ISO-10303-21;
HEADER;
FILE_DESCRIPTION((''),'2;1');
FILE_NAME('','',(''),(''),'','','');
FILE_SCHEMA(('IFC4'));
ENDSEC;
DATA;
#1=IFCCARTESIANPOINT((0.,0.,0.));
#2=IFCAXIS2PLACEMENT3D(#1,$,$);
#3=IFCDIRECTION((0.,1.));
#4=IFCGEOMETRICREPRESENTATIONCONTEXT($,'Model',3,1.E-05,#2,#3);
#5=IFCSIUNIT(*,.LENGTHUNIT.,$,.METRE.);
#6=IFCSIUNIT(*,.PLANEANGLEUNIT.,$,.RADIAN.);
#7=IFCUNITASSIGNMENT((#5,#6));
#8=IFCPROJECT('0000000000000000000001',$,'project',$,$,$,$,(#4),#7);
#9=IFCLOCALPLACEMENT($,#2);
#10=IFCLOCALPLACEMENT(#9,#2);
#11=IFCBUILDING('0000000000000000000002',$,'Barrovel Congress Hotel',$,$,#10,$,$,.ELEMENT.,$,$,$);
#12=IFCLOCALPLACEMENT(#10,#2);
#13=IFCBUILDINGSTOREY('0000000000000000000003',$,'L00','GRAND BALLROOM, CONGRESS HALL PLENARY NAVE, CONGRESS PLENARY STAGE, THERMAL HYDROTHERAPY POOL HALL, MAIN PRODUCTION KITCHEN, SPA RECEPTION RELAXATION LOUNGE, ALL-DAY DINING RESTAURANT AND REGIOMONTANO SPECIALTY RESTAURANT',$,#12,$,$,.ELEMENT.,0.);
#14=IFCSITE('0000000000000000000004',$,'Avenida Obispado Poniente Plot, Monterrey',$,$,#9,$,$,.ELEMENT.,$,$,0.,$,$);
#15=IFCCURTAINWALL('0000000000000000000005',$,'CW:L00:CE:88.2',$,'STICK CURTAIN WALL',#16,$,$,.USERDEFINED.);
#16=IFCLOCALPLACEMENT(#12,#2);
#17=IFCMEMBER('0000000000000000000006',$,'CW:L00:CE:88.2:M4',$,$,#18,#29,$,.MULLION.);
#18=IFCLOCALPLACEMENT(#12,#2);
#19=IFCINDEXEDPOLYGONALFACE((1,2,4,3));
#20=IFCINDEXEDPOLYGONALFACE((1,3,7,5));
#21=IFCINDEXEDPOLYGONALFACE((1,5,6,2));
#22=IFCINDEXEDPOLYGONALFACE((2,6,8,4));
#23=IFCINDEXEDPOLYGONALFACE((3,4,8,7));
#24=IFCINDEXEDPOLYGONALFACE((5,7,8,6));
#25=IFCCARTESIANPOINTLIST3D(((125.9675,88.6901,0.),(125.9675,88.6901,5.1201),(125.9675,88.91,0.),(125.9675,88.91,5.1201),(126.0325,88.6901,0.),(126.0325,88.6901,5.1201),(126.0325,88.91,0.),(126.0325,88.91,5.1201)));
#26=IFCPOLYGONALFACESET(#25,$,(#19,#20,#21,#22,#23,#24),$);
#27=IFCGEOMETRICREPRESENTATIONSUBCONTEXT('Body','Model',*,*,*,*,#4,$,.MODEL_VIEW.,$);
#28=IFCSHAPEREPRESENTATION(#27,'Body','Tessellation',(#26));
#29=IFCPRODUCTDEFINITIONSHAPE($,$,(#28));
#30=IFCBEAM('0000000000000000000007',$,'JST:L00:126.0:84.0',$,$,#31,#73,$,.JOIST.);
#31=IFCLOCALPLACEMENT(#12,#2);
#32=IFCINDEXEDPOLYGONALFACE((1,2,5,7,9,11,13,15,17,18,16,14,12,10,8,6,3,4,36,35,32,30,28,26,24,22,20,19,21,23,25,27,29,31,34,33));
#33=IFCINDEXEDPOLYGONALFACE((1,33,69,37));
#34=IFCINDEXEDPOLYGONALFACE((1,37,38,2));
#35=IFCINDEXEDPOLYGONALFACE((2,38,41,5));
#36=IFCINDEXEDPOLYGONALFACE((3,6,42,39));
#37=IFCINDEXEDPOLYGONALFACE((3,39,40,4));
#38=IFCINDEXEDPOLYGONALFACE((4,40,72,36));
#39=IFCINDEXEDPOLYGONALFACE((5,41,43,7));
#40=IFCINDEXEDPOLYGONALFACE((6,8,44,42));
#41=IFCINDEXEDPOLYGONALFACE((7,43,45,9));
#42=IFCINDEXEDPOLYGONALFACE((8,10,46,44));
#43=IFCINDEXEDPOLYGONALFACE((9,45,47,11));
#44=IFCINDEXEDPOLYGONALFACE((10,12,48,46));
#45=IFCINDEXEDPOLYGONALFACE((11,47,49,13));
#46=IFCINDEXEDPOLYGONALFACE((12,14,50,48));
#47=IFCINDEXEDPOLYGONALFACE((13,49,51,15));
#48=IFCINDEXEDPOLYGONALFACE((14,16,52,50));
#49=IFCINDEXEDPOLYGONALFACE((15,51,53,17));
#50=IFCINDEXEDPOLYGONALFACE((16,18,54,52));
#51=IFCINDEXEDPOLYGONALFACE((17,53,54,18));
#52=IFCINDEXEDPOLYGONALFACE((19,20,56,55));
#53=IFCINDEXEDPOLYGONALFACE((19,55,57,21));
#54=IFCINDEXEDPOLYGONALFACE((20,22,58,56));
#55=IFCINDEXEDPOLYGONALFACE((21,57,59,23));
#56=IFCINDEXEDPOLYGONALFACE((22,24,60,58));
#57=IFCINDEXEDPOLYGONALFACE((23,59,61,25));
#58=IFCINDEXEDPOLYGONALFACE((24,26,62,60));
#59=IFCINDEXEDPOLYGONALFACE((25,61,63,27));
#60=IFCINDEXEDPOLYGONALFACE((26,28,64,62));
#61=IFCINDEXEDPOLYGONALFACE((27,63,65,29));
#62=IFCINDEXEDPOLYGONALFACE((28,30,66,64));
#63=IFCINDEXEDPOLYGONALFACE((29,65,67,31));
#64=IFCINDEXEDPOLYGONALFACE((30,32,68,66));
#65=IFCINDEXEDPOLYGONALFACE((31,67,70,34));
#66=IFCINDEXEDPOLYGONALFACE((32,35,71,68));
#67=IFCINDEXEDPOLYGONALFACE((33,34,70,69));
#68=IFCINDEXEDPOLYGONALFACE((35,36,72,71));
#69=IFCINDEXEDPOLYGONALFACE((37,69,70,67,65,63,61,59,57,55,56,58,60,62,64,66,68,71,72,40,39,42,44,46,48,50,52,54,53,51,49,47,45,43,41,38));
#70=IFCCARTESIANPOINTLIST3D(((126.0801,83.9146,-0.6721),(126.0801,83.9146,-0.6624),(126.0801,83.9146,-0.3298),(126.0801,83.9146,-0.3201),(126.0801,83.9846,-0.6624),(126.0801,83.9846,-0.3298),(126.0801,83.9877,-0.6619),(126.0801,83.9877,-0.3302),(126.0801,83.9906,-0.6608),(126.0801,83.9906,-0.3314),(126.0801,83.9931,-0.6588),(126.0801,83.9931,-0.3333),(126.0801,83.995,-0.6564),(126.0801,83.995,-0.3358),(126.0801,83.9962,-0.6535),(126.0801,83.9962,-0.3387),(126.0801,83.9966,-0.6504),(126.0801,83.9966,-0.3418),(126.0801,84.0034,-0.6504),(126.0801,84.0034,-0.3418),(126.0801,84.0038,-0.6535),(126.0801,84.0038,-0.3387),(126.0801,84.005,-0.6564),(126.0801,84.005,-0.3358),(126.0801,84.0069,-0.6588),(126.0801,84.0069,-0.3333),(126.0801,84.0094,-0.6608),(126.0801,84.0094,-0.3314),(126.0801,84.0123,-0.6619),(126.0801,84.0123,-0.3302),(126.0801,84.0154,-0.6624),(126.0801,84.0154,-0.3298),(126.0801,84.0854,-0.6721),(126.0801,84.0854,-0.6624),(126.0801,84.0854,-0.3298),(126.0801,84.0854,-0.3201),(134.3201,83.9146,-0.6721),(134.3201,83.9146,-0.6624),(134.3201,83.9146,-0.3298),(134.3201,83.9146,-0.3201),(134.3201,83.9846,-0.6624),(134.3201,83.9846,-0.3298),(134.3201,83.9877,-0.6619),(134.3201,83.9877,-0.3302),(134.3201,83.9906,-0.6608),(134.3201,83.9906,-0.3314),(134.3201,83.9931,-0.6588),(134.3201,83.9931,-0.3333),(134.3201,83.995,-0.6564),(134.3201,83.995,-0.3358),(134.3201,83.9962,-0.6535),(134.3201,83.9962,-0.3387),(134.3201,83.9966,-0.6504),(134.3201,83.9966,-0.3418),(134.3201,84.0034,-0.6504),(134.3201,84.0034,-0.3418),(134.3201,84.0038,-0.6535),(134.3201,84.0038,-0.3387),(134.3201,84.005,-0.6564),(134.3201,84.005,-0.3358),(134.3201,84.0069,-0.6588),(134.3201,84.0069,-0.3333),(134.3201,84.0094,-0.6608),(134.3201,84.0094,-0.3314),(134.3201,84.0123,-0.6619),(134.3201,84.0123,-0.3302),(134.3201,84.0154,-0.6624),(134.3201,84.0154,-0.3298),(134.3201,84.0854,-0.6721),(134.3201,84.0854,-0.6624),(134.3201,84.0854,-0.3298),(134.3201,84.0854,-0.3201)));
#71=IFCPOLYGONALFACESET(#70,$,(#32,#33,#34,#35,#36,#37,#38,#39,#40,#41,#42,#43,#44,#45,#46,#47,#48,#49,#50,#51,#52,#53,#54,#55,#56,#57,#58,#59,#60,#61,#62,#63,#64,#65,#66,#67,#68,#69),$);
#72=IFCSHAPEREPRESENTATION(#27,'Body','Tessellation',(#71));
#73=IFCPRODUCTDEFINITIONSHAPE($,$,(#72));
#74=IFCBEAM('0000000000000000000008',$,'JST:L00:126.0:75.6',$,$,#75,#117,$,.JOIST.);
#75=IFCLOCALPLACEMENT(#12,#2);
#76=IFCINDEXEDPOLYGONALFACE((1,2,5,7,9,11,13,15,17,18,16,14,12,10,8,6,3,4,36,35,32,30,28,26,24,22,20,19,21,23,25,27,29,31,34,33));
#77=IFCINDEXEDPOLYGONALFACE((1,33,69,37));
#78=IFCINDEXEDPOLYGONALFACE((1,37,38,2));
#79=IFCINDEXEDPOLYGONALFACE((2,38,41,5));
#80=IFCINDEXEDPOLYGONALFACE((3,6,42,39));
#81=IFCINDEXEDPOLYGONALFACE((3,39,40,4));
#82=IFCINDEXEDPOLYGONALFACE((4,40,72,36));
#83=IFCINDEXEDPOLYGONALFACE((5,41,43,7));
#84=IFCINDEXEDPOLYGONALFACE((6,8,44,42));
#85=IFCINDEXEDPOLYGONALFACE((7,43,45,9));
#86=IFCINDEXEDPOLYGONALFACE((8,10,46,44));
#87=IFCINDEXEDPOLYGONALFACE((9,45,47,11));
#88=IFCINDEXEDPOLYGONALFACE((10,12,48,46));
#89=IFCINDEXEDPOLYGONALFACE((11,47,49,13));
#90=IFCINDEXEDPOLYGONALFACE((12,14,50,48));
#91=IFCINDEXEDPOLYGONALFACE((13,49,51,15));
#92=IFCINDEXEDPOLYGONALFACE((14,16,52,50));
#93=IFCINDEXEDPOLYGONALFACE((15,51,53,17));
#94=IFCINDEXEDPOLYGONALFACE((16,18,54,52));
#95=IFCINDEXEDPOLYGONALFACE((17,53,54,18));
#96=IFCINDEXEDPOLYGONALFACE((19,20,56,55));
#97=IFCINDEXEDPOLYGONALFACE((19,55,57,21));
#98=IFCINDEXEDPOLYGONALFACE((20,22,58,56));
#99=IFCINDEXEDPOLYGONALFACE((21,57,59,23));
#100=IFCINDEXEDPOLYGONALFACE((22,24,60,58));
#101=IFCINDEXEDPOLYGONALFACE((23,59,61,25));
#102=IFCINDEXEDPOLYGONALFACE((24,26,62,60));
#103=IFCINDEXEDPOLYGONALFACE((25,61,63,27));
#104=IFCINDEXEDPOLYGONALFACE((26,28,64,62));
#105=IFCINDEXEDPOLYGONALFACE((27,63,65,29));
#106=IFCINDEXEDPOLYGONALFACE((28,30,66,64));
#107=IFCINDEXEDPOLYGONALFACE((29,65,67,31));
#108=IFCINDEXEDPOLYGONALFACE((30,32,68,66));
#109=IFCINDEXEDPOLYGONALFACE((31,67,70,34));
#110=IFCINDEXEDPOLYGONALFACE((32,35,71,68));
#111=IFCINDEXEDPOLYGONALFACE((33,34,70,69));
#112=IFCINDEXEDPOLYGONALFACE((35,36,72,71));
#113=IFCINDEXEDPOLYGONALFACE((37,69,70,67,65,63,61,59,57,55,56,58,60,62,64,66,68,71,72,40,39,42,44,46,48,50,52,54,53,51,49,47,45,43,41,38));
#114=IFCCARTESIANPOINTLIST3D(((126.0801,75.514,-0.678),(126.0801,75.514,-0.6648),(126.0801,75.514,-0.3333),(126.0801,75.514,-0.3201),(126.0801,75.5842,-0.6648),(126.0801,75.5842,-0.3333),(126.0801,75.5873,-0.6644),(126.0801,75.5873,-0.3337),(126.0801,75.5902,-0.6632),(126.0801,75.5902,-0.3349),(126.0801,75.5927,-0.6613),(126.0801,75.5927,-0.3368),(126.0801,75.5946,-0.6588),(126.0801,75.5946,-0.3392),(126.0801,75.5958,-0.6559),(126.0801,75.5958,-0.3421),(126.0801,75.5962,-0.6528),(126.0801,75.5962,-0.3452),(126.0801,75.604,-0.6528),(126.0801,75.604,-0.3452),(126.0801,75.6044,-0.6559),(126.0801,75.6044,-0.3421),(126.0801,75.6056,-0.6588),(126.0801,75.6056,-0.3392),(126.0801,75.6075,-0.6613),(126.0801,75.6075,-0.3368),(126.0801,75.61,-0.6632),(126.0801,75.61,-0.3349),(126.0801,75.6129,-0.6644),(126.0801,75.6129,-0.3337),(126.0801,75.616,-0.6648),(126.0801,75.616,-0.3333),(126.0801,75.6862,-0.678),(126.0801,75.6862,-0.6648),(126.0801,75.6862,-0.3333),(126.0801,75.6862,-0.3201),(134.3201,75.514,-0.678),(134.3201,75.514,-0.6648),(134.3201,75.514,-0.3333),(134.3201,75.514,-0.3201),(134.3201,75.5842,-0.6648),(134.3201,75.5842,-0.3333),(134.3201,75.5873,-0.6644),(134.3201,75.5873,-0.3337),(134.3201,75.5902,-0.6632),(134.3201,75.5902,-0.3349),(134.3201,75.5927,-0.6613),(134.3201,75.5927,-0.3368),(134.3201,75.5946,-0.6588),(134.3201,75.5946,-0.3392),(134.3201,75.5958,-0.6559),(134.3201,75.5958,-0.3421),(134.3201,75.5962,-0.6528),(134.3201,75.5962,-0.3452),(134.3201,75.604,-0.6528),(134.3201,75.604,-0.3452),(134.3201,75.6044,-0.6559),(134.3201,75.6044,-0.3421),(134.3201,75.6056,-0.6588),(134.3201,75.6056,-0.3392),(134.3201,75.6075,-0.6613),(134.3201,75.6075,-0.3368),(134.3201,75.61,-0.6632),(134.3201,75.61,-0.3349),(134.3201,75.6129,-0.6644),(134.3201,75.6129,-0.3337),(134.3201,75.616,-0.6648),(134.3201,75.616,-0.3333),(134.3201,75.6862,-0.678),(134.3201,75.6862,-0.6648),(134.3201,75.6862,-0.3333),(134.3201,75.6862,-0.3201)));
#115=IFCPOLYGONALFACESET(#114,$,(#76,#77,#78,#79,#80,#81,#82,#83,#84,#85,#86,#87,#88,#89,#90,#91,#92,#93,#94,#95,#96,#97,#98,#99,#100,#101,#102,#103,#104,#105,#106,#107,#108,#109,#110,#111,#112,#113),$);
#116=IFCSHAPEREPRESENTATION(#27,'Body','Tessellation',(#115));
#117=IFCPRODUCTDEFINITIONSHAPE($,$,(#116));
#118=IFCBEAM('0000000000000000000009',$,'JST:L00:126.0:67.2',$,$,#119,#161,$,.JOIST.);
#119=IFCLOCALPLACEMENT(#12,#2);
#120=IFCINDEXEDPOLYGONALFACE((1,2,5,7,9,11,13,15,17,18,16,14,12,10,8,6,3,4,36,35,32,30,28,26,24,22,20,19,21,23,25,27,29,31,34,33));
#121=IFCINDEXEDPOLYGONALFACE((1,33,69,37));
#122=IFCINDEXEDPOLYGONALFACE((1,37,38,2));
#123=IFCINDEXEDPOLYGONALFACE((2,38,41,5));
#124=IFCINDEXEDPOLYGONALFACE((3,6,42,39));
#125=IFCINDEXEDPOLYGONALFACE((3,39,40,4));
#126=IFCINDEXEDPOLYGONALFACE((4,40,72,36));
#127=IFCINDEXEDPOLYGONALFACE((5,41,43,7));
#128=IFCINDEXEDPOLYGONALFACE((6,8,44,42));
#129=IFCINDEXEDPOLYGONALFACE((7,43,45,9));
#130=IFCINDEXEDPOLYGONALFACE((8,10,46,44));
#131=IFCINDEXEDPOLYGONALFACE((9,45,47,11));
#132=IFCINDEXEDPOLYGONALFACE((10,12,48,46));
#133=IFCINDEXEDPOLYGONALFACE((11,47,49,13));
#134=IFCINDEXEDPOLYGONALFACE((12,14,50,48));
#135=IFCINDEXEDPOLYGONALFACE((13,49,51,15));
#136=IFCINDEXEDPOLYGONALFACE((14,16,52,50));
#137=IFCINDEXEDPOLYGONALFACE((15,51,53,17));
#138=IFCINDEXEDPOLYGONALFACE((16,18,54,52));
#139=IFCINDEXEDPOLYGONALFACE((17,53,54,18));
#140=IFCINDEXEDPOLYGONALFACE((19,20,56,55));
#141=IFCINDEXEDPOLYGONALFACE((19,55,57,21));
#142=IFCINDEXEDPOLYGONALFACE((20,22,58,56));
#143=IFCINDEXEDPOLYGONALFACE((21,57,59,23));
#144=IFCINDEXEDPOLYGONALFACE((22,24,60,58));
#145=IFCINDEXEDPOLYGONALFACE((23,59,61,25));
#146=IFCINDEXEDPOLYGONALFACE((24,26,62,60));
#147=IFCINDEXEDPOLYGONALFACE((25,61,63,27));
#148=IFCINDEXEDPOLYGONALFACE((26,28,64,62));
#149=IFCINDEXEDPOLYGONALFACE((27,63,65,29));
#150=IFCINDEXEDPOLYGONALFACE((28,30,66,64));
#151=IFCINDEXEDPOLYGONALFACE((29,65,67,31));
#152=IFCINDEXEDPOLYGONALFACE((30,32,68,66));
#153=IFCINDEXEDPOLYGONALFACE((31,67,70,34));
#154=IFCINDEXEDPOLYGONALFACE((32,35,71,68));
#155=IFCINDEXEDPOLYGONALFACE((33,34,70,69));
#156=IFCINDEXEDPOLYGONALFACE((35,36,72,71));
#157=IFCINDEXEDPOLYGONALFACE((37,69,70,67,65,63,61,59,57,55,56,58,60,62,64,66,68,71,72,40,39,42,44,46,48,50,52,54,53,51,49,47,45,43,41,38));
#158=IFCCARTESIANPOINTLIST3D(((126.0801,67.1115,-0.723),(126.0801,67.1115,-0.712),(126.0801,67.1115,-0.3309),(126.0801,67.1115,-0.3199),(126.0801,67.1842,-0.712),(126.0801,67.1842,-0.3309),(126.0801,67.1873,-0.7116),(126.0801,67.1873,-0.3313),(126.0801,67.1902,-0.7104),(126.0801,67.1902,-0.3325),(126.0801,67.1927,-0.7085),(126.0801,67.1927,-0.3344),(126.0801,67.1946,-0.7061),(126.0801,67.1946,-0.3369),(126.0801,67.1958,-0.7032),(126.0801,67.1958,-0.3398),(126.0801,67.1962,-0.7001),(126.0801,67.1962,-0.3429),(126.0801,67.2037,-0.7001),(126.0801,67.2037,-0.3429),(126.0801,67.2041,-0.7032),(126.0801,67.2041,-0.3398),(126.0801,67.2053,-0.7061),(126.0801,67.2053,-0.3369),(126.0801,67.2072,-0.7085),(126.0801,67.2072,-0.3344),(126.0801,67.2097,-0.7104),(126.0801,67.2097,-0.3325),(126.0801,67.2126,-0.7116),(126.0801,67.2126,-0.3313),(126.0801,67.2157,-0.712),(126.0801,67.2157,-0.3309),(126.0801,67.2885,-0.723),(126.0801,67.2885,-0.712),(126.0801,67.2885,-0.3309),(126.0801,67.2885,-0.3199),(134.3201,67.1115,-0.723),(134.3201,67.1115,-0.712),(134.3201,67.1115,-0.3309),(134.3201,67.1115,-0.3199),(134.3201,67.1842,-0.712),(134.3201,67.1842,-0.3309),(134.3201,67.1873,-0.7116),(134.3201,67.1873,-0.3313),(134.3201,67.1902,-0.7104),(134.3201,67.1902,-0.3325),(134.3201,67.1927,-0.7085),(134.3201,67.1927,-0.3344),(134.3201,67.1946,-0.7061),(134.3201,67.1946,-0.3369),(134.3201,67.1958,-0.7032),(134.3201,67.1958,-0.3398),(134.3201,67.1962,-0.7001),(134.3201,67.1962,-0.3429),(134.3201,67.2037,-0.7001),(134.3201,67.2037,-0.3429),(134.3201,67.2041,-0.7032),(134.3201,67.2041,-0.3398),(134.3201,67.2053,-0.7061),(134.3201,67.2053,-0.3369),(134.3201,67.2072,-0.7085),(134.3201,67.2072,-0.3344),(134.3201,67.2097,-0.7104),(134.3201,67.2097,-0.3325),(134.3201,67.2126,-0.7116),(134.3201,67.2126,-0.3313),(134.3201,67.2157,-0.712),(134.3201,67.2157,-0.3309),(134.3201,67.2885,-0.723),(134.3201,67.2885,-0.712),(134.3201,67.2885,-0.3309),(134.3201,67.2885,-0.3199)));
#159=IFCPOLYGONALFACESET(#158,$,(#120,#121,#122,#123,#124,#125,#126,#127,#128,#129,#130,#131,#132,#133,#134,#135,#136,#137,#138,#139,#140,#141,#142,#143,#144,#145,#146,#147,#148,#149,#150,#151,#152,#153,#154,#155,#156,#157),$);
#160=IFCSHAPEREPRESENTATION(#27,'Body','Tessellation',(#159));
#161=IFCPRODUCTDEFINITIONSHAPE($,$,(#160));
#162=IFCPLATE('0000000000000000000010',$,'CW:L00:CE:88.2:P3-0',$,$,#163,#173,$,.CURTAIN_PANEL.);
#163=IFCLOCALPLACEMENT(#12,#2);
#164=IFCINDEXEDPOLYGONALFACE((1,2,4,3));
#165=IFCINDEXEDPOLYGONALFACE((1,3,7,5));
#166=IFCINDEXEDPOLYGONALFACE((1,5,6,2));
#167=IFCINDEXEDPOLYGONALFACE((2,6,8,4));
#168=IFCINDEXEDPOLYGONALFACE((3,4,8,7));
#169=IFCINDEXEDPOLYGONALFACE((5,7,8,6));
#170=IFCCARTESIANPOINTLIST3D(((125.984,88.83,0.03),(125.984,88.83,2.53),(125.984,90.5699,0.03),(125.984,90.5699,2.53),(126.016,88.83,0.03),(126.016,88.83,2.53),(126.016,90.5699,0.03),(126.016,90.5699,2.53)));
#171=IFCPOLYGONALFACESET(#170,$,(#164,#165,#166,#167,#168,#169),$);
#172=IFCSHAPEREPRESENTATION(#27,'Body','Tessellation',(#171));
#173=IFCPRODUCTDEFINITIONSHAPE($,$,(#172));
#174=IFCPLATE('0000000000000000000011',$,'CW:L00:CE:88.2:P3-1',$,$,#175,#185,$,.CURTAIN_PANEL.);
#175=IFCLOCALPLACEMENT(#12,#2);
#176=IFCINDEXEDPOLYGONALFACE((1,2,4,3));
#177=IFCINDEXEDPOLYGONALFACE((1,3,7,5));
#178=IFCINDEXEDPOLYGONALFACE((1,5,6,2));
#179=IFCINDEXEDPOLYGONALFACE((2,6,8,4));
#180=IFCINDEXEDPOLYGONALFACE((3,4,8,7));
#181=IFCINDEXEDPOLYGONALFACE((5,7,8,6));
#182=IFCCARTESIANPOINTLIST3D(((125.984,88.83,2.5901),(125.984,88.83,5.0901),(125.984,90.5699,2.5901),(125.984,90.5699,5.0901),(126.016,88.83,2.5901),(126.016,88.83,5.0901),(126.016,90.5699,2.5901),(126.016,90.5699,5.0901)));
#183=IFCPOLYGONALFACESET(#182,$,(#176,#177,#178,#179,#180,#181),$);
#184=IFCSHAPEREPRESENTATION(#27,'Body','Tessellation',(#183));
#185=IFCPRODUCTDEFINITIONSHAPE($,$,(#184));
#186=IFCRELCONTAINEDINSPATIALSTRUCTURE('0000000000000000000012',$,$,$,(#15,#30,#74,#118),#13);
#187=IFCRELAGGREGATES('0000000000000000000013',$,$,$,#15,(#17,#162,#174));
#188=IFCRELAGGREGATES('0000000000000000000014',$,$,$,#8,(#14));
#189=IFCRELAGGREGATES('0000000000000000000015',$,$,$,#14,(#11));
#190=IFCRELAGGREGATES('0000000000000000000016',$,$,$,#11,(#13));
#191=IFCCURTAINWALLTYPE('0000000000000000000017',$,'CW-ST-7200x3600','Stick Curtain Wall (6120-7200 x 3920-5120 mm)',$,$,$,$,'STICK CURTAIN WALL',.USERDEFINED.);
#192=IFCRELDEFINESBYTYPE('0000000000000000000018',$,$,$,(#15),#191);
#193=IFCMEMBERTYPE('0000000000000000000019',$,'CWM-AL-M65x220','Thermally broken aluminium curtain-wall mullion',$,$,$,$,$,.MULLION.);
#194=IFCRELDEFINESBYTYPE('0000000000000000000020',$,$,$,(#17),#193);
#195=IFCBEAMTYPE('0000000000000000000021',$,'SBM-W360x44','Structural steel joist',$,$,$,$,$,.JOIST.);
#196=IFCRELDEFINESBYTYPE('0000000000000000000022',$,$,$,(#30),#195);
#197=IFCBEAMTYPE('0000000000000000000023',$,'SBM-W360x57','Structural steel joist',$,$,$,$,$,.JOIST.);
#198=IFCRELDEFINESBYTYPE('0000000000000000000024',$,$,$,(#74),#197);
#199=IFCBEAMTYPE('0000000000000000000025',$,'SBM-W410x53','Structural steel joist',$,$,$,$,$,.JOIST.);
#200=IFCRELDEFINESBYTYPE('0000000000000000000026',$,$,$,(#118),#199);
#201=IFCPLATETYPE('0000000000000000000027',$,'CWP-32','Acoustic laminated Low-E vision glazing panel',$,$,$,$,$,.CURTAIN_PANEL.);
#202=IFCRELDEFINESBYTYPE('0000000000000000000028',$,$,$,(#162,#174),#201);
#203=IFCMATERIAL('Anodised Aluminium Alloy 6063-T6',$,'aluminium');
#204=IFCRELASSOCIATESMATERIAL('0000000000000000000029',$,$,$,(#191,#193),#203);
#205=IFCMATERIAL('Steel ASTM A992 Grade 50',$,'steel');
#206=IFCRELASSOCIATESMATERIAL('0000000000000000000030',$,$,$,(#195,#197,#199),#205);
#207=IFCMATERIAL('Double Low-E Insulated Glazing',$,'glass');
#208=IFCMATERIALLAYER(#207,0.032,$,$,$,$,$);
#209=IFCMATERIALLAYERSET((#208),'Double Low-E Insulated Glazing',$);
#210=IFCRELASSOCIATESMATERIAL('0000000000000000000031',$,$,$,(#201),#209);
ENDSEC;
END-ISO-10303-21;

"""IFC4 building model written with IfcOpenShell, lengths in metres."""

from ifc_helpers import new_model, si_unit, direction, frame, origin, origin_2d, place, context, subcontext, project, spatial, rectangle, i_section, extrude, material, layer, layer_set, material_profile, profile_set, type_object, element, aggregate, save


model = new_model("IFC4")

# Units and contexts
model_context = context("Model", 3, precision=1e-05, world=origin(), true_north=direction((0.0, 1.0)))
body_context = subcontext(model_context, "Body", "Model", "MODEL_VIEW")
ifc_project = project(units=[si_unit("LENGTHUNIT", "METRE"), si_unit("PLANEANGLEUNIT", "RADIAN")], contexts=[model_context])

# Site, building, storey
site_placement = place(None, origin())
site = spatial("IfcSite", under=ifc_project, at=site_placement, Name="Avenida Obispado Poniente Plot, Monterrey", CompositionType="ELEMENT", RefElevation=0.0)
building_placement = place(site_placement, origin())
building = spatial("IfcBuilding", under=site, at=building_placement, Name="Barrovel Congress Hotel", CompositionType="ELEMENT")
storey_placement = place(building_placement, origin())
storey = spatial("IfcBuildingStorey", under=building, at=storey_placement, Name="L00", Description="GRAND BALLROOM, CONGRESS HALL PLENARY NAVE, CONGRESS PLENARY STAGE, THERMAL HYDROTHERAPY POOL HALL, MAIN PRODUCTION KITCHEN, SPA RECEPTION RELAXATION LOUNGE, ALL-DAY DINING RESTAURANT AND REGIOMONTANO SPECIALTY RESTAURANT", CompositionType="ELEMENT", Elevation=0.0)

# Curtain wall, member
ifc_material_1 = material(Name="Anodised Aluminium Alloy 6063-T6", Category="aluminium")
curtain_wall_type = type_object("IfcCurtainWallType", Name="CW-ST-7200x3600", Description="Stick Curtain Wall (6120-7200 x 3920-5120 mm)", ElementType="STICK CURTAIN WALL", PredefinedType="USERDEFINED", material=ifc_material_1)
curtain_wall_placement = place(storey_placement, origin())
curtain_wall = element("IfcCurtainWall", 1, at=curtain_wall_placement, inside=storey, type_object=curtain_wall_type, Name="CW:L00:CE:88.2", ObjectType="STICK CURTAIN WALL", PredefinedType="USERDEFINED")
ifc_material_profile_1 = material_profile(ifc_material_1, rectangle(XDim=0.0649, YDim=0.22, at=origin_2d()), Name="AL-M65x220")
ifc_profile_set_1 = profile_set([ifc_material_profile_1], Name="Anodised Aluminium Alloy 6063-T6")
member_type = type_object("IfcMemberType", Name="CWM-AL-M65x220", Description="Thermally broken aluminium curtain-wall mullion", PredefinedType="MULLION", material=ifc_profile_set_1)
member_1_placement = place(storey_placement, frame((126.0, 88.8, 0.0), z_axis=(0.0, 0.0, 1.0), x_axis=(1.0, 0.0, 0.0)))
member_1 = element("IfcMember", 2, at=member_1_placement, type_object=member_type, Name="CW:L00:CE:88.2:M4", PredefinedType="MULLION", context=body_context, shape_type="SweptSolid", body=[
    extrude(rectangle(XDim=0.0649, YDim=0.22, at=origin_2d()), origin(), (0.0, 0.0, 1.0), 5.1201),
])

# Beams
ifc_material_2 = material(Name="Steel ASTM A992 Grade 50", Category="steel")
ifc_material_profile_2 = material_profile(ifc_material_2, i_section(OverallWidth=0.1709, OverallDepth=0.3521, WebThickness=0.0068, FlangeThickness=0.0098, FilletRadius=0.012, at=origin_2d()), Name="W360x44")
ifc_profile_set_2 = profile_set([ifc_material_profile_2], Name="Steel ASTM A992 Grade 50")
beam_type_1 = type_object("IfcBeamType", Name="SBM-W360x44", Description="Structural steel joist", PredefinedType="JOIST", material=ifc_profile_set_2)
beam_1_placement = place(storey_placement, frame((126.0801, 84.0, -0.4961), z_axis=(1.0, 0.0, 0.0), x_axis=(0.0, 1.0, 0.0)))
element("IfcBeam", 3, at=beam_1_placement, inside=storey, type_object=beam_type_1, Name="JST:L00:126.0:84.0", PredefinedType="JOIST", context=body_context, shape_type="SweptSolid", body=[
    extrude(i_section(OverallWidth=0.1709, OverallDepth=0.3521, WebThickness=0.0068, FlangeThickness=0.0098, FilletRadius=0.012, at=origin_2d()), origin(), (0.0, 0.0, 1.0), 8.24),
])
ifc_material_profile_3 = material_profile(ifc_material_2, i_section(OverallWidth=0.1721, OverallDepth=0.3579, WebThickness=0.0078, FlangeThickness=0.0132, FilletRadius=0.012, at=origin_2d()), Name="W360x57")
ifc_profile_set_3 = profile_set([ifc_material_profile_3], Name="Steel ASTM A992 Grade 50")
beam_type_2 = type_object("IfcBeamType", Name="SBM-W360x57", Description="Structural steel joist", PredefinedType="JOIST", material=ifc_profile_set_3)
beam_2_placement = place(storey_placement, frame((126.0801, 75.6001, -0.499), z_axis=(1.0, 0.0, 0.0), x_axis=(0.0, 1.0, 0.0)))
element("IfcBeam", 4, at=beam_2_placement, inside=storey, type_object=beam_type_2, Name="JST:L00:126.0:75.6", PredefinedType="JOIST", context=body_context, shape_type="SweptSolid", body=[
    extrude(i_section(OverallWidth=0.1721, OverallDepth=0.3579, WebThickness=0.0078, FlangeThickness=0.0132, FilletRadius=0.012, at=origin_2d()), origin(), (0.0, 0.0, 1.0), 8.24),
])
ifc_material_profile_4 = material_profile(ifc_material_2, i_section(OverallWidth=0.177, OverallDepth=0.4031, WebThickness=0.0076, FlangeThickness=0.011, FilletRadius=0.012, at=origin_2d()), Name="W410x53")
ifc_profile_set_4 = profile_set([ifc_material_profile_4], Name="Steel ASTM A992 Grade 50")
beam_type_3 = type_object("IfcBeamType", Name="SBM-W410x53", Description="Structural steel joist", PredefinedType="JOIST", material=ifc_profile_set_4)
beam_3_placement = place(storey_placement, frame((126.0801, 67.2, -0.5215), z_axis=(1.0, 0.0, 0.0), x_axis=(0.0, 1.0, 0.0)))
element("IfcBeam", 5, at=beam_3_placement, inside=storey, type_object=beam_type_3, Name="JST:L00:126.0:67.2", PredefinedType="JOIST", context=body_context, shape_type="SweptSolid", body=[
    extrude(i_section(OverallWidth=0.177, OverallDepth=0.4031, WebThickness=0.0076, FlangeThickness=0.011, FilletRadius=0.012, at=origin_2d()), origin(), (0.0, 0.0, 1.0), 8.24),
])

# Plates
ifc_material_3 = material(Name="Double Low-E Insulated Glazing", Category="glass")
ifc_layer_1 = layer(ifc_material_3, 0.032)
ifc_layer_set_1 = layer_set([ifc_layer_1], Name="Double Low-E Insulated Glazing")
plate_type = type_object("IfcPlateType", Name="CWP-32", Description="Acoustic laminated Low-E vision glazing panel", PredefinedType="CURTAIN_PANEL", material=ifc_layer_set_1)
plate_1_placement = place(storey_placement, frame((126.0, 89.7, 0.03), z_axis=(0.0, 0.0, 1.0), x_axis=(0.0, -1.0, 0.0)))
plate_1 = element("IfcPlate", 6, at=plate_1_placement, type_object=plate_type, Name="CW:L00:CE:88.2:P3-0", PredefinedType="CURTAIN_PANEL", context=body_context, shape_type="SweptSolid", body=[
    extrude(rectangle(XDim=1.74, YDim=0.032, at=origin_2d()), origin(), (0.0, 0.0, 1.0), 2.5),
])
plate_2_placement = place(storey_placement, frame((126.0, 89.7, 2.5901), z_axis=(0.0, 0.0, 1.0), x_axis=(0.0, -1.0, 0.0)))
plate_2 = element("IfcPlate", 7, at=plate_2_placement, type_object=plate_type, Name="CW:L00:CE:88.2:P3-1", PredefinedType="CURTAIN_PANEL", context=body_context, shape_type="SweptSolid", body=[
    extrude(rectangle(XDim=1.74, YDim=0.032, at=origin_2d()), origin(), (0.0, 0.0, 1.0), 2.5),
])
aggregate(curtain_wall, [member_1, plate_1, plate_2])

save(model, "model.ifc")
